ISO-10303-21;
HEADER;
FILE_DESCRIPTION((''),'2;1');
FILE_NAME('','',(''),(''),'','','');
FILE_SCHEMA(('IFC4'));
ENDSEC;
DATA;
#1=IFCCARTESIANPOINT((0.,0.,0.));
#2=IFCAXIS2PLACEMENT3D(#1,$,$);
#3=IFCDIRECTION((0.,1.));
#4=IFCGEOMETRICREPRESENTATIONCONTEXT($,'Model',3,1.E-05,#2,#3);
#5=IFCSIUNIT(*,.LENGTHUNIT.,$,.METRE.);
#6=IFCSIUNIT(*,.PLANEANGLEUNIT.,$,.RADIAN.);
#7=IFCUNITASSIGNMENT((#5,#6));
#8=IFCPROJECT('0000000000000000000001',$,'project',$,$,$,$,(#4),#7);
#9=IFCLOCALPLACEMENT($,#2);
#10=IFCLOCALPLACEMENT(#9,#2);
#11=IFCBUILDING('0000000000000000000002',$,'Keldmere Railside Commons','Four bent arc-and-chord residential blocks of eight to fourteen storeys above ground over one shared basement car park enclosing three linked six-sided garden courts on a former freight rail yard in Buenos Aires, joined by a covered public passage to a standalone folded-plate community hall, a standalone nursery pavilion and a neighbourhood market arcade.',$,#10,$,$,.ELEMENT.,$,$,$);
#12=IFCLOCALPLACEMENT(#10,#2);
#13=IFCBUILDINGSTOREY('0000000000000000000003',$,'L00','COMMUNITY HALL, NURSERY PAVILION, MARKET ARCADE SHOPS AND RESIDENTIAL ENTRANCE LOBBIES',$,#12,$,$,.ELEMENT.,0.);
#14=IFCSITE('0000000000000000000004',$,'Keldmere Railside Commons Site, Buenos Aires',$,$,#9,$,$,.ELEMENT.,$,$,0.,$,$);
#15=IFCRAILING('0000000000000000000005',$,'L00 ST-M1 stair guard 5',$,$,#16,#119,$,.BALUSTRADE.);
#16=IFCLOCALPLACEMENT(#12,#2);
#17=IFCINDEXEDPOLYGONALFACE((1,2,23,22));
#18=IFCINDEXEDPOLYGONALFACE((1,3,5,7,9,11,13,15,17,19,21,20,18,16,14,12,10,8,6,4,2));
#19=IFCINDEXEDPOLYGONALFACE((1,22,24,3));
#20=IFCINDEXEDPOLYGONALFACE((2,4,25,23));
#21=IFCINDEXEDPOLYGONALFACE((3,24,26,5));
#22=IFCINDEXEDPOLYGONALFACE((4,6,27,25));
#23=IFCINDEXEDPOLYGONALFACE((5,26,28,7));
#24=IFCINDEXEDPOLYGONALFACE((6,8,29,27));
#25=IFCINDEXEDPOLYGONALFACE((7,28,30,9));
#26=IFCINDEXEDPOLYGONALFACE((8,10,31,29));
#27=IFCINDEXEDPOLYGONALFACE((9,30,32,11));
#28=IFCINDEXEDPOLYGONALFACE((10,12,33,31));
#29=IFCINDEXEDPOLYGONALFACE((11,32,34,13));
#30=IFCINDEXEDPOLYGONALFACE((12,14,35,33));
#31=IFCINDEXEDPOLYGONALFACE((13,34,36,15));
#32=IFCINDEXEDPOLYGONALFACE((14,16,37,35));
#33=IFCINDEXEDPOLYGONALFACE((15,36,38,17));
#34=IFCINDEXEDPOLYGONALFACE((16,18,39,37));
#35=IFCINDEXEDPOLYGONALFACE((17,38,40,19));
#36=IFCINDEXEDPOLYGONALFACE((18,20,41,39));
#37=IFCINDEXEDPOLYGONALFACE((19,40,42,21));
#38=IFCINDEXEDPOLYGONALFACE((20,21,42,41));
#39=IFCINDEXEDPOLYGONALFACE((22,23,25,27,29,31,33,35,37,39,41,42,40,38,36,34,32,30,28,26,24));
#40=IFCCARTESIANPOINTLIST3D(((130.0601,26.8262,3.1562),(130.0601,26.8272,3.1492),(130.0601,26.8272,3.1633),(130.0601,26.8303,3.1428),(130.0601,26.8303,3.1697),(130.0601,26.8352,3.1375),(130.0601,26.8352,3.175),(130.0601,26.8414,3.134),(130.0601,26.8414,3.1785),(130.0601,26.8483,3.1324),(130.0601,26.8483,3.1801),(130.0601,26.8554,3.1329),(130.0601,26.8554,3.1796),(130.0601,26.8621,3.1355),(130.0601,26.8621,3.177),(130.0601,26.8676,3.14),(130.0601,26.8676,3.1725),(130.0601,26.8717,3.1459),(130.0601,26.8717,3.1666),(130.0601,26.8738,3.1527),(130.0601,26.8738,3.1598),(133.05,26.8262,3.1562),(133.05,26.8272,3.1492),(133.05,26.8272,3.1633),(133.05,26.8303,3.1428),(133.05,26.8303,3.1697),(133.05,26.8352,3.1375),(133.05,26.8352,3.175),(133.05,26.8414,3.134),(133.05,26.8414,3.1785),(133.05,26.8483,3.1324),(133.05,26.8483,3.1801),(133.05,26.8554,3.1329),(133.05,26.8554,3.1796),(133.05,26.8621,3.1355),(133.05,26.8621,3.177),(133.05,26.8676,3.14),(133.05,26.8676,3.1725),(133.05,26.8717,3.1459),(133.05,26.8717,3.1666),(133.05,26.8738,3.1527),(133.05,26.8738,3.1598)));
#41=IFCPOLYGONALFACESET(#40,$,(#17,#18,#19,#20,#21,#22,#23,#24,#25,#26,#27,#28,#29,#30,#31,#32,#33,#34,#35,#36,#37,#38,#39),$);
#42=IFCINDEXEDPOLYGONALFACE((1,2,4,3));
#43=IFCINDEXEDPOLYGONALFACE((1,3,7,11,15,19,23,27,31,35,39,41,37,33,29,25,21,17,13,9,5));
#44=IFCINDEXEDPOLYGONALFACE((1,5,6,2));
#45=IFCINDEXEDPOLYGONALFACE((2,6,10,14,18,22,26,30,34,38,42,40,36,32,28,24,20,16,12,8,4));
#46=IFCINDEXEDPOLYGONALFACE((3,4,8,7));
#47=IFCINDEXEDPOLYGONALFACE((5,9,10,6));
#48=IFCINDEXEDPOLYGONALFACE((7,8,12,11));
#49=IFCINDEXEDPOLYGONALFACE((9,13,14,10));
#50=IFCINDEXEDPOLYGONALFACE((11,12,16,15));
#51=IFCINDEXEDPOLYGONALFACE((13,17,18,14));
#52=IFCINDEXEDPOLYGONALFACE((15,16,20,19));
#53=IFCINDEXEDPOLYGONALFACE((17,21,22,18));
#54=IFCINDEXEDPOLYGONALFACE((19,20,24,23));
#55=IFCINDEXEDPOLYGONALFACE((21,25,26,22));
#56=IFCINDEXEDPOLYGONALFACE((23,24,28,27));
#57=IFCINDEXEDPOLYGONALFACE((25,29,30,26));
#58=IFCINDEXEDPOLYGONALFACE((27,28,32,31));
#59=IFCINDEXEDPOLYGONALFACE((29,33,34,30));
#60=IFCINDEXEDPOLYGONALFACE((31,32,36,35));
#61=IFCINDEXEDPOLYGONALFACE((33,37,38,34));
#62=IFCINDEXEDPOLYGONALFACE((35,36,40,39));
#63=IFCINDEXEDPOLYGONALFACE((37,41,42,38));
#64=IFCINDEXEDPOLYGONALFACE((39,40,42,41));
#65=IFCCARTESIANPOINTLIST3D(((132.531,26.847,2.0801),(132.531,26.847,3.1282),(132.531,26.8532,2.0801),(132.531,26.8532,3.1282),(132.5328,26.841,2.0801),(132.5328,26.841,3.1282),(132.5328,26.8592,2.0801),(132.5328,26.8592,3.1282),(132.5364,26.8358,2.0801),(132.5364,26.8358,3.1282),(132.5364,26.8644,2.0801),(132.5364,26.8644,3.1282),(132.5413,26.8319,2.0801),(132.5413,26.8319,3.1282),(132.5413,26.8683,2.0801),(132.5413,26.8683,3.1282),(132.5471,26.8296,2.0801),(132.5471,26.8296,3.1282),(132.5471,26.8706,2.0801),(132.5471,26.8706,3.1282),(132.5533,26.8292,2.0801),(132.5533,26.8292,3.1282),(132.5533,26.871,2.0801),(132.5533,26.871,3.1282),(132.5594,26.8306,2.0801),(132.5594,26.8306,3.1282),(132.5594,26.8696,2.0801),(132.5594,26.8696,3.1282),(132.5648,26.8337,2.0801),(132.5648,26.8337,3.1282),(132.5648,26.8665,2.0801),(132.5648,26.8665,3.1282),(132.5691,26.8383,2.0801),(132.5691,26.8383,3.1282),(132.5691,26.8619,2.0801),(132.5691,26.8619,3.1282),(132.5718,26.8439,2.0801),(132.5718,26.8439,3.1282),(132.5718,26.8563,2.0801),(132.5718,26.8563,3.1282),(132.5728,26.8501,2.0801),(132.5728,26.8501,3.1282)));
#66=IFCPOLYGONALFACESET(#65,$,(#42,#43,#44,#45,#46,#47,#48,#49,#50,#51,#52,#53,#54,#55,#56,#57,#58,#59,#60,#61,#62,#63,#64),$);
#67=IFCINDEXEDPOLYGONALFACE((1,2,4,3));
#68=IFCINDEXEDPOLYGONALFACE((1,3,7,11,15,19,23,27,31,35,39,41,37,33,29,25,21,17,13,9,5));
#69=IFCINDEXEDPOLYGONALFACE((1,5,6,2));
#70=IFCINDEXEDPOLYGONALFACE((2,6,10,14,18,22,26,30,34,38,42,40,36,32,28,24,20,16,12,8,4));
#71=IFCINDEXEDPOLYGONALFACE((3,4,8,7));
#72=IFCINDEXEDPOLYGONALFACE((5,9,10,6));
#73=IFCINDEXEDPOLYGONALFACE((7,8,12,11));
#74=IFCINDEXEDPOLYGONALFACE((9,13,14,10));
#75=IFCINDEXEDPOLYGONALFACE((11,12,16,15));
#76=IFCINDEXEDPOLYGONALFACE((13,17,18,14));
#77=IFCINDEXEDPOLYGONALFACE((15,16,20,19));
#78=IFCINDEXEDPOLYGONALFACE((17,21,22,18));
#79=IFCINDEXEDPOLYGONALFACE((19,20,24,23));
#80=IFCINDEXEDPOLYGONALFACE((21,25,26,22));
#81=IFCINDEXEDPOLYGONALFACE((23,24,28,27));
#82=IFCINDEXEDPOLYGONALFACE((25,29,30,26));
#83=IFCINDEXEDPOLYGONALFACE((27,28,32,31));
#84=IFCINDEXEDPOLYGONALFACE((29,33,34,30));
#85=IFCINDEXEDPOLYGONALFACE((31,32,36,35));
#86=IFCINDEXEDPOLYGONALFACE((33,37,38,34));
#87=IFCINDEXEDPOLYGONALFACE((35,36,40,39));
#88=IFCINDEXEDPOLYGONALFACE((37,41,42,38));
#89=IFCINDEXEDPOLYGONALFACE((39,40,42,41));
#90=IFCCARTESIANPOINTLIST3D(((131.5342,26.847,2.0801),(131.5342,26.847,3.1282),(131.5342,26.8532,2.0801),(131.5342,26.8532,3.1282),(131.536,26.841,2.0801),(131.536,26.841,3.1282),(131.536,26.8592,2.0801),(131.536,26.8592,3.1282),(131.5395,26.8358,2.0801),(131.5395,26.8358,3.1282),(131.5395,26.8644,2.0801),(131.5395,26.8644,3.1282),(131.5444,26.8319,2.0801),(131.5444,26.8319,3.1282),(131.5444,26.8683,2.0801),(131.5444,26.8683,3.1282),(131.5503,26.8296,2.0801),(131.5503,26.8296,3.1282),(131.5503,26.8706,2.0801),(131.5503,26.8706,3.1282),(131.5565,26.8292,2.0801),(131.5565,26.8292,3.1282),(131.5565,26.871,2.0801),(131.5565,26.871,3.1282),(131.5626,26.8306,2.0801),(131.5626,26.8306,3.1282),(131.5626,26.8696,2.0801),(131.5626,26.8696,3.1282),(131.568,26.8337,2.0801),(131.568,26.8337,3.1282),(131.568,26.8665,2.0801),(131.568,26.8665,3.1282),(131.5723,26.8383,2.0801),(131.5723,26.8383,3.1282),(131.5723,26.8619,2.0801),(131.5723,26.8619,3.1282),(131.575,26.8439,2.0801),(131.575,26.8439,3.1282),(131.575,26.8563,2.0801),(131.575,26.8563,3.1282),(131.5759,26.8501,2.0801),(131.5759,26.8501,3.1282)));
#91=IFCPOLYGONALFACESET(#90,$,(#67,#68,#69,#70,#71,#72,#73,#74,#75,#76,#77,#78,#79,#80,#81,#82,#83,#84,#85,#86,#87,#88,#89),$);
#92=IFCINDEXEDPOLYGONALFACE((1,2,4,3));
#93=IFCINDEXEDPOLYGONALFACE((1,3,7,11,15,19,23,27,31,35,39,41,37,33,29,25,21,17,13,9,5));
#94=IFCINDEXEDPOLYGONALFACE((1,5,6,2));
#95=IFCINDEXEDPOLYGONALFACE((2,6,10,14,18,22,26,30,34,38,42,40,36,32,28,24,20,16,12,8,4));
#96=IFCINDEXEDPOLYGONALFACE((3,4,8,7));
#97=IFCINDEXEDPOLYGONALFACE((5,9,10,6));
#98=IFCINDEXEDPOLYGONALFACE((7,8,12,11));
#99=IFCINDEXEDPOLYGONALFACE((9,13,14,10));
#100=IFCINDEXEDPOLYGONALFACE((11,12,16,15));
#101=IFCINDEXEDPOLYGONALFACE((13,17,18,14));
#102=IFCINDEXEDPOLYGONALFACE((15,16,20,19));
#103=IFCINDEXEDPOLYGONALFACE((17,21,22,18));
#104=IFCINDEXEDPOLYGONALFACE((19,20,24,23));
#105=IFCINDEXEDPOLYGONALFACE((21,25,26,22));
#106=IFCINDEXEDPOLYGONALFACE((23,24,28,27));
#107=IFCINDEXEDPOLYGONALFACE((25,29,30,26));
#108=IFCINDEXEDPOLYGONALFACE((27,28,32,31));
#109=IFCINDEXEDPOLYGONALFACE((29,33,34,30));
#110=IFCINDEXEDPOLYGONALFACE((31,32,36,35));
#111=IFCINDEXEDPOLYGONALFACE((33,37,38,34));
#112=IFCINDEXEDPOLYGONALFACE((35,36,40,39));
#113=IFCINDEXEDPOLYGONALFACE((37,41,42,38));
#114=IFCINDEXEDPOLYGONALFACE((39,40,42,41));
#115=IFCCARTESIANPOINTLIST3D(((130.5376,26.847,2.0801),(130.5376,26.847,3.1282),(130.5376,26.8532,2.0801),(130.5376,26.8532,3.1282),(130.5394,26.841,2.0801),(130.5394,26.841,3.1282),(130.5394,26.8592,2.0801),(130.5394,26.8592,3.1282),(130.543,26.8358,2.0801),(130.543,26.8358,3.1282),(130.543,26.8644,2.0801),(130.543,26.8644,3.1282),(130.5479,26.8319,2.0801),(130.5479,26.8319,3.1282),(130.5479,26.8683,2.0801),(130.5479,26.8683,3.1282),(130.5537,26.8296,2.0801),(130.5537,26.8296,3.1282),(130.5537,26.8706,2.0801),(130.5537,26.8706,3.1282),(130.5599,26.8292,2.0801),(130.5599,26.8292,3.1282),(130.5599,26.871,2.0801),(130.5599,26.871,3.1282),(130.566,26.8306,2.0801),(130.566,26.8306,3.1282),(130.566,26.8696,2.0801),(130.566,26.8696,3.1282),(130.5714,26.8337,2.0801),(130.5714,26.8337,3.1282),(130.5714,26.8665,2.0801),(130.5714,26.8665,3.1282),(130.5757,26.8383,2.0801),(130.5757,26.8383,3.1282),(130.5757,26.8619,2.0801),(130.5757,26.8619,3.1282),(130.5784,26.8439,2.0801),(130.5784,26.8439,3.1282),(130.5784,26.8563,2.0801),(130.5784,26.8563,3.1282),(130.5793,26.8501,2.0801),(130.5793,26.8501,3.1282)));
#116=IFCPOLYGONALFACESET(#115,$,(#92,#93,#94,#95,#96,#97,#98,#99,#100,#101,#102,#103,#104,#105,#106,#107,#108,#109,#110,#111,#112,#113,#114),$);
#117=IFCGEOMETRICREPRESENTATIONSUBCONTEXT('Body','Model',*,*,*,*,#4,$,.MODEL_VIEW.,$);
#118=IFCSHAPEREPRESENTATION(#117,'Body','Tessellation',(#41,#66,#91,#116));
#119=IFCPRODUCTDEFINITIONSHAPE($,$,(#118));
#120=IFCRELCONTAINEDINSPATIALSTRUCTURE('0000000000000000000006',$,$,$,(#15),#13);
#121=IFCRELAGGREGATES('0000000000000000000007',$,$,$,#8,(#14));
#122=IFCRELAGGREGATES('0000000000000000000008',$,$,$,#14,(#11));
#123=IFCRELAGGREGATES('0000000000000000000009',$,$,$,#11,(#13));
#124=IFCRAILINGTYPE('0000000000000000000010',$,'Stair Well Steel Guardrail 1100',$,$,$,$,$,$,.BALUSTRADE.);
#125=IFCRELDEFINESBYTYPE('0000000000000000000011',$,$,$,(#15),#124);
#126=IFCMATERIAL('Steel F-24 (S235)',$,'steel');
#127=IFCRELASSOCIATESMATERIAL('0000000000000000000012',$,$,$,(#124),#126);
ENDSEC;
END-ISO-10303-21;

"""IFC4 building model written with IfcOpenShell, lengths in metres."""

from ifc_helpers import new_model, si_unit, direction, frame, origin, origin_2d, place, context, subcontext, project, spatial, circle, extrude, material, type_object, element, save


model = new_model("IFC4")

# Units and contexts
model_context = context("Model", 3, precision=1e-05, world=origin(), true_north=direction((0.0, 1.0)))
body_context = subcontext(model_context, "Body", "Model", "MODEL_VIEW")
ifc_project = project(units=[si_unit("LENGTHUNIT", "METRE"), si_unit("PLANEANGLEUNIT", "RADIAN")], contexts=[model_context])

# Site, building, storey
site_placement = place(None, origin())
site = spatial("IfcSite", under=ifc_project, at=site_placement, Name="Keldmere Railside Commons Site, Buenos Aires", CompositionType="ELEMENT", RefElevation=0.0)
building_placement = place(site_placement, origin())
building = spatial("IfcBuilding", under=site, at=building_placement, Name="Keldmere Railside Commons", Description="Four bent arc-and-chord residential blocks of eight to fourteen storeys above ground over one shared basement car park enclosing three linked six-sided garden courts on a former freight rail yard in Buenos Aires, joined by a covered public passage to a standalone folded-plate community hall, a standalone nursery pavilion and a neighbourhood market arcade.", CompositionType="ELEMENT")
storey_placement = place(building_placement, origin())
storey = spatial("IfcBuildingStorey", under=building, at=storey_placement, Name="L00", Description="COMMUNITY HALL, NURSERY PAVILION, MARKET ARCADE SHOPS AND RESIDENTIAL ENTRANCE LOBBIES", CompositionType="ELEMENT", Elevation=0.0)

# Shared definitions
ifc_material_1 = material(Name="Steel F-24 (S235)", Category="steel")

# Railing
railing_type_1 = type_object("IfcRailingType", Name="Stair Well Steel Guardrail 1100", PredefinedType="BALUSTRADE", material=ifc_material_1)
railing_1_placement = place(storey_placement, frame((133.05, 26.8501, 2.0801)))
element("IfcRailing", 1, at=railing_1_placement, inside=storey, type_object=railing_type_1, Name="L00 ST-M1 stair guard 5", PredefinedType="BALUSTRADE", context=body_context, shape_type="SweptSolid", body=[
    extrude(circle(Radius=0.0239, at=origin_2d()), frame((0.0, 0.0, 1.0762), z_axis=(-1.0, 0.0, 0.0), x_axis=(0.0, -1.0, 0.0)), (0.0, 0.0, 1.0), 2.99),
    extrude(circle(Radius=0.021, at=origin_2d()), frame((-0.4983, 0.0, 0.0)), (0.0, 0.0, 1.0), 1.0481),
    extrude(circle(Radius=0.021, at=origin_2d()), frame((-1.4951, 0.0, 0.0)), (0.0, 0.0, 1.0), 1.0481),
    extrude(circle(Radius=0.021, at=origin_2d()), frame((-2.4917, 0.0, 0.0)), (0.0, 0.0, 1.0), 1.0481),
])

save(model, "model.ifc")
